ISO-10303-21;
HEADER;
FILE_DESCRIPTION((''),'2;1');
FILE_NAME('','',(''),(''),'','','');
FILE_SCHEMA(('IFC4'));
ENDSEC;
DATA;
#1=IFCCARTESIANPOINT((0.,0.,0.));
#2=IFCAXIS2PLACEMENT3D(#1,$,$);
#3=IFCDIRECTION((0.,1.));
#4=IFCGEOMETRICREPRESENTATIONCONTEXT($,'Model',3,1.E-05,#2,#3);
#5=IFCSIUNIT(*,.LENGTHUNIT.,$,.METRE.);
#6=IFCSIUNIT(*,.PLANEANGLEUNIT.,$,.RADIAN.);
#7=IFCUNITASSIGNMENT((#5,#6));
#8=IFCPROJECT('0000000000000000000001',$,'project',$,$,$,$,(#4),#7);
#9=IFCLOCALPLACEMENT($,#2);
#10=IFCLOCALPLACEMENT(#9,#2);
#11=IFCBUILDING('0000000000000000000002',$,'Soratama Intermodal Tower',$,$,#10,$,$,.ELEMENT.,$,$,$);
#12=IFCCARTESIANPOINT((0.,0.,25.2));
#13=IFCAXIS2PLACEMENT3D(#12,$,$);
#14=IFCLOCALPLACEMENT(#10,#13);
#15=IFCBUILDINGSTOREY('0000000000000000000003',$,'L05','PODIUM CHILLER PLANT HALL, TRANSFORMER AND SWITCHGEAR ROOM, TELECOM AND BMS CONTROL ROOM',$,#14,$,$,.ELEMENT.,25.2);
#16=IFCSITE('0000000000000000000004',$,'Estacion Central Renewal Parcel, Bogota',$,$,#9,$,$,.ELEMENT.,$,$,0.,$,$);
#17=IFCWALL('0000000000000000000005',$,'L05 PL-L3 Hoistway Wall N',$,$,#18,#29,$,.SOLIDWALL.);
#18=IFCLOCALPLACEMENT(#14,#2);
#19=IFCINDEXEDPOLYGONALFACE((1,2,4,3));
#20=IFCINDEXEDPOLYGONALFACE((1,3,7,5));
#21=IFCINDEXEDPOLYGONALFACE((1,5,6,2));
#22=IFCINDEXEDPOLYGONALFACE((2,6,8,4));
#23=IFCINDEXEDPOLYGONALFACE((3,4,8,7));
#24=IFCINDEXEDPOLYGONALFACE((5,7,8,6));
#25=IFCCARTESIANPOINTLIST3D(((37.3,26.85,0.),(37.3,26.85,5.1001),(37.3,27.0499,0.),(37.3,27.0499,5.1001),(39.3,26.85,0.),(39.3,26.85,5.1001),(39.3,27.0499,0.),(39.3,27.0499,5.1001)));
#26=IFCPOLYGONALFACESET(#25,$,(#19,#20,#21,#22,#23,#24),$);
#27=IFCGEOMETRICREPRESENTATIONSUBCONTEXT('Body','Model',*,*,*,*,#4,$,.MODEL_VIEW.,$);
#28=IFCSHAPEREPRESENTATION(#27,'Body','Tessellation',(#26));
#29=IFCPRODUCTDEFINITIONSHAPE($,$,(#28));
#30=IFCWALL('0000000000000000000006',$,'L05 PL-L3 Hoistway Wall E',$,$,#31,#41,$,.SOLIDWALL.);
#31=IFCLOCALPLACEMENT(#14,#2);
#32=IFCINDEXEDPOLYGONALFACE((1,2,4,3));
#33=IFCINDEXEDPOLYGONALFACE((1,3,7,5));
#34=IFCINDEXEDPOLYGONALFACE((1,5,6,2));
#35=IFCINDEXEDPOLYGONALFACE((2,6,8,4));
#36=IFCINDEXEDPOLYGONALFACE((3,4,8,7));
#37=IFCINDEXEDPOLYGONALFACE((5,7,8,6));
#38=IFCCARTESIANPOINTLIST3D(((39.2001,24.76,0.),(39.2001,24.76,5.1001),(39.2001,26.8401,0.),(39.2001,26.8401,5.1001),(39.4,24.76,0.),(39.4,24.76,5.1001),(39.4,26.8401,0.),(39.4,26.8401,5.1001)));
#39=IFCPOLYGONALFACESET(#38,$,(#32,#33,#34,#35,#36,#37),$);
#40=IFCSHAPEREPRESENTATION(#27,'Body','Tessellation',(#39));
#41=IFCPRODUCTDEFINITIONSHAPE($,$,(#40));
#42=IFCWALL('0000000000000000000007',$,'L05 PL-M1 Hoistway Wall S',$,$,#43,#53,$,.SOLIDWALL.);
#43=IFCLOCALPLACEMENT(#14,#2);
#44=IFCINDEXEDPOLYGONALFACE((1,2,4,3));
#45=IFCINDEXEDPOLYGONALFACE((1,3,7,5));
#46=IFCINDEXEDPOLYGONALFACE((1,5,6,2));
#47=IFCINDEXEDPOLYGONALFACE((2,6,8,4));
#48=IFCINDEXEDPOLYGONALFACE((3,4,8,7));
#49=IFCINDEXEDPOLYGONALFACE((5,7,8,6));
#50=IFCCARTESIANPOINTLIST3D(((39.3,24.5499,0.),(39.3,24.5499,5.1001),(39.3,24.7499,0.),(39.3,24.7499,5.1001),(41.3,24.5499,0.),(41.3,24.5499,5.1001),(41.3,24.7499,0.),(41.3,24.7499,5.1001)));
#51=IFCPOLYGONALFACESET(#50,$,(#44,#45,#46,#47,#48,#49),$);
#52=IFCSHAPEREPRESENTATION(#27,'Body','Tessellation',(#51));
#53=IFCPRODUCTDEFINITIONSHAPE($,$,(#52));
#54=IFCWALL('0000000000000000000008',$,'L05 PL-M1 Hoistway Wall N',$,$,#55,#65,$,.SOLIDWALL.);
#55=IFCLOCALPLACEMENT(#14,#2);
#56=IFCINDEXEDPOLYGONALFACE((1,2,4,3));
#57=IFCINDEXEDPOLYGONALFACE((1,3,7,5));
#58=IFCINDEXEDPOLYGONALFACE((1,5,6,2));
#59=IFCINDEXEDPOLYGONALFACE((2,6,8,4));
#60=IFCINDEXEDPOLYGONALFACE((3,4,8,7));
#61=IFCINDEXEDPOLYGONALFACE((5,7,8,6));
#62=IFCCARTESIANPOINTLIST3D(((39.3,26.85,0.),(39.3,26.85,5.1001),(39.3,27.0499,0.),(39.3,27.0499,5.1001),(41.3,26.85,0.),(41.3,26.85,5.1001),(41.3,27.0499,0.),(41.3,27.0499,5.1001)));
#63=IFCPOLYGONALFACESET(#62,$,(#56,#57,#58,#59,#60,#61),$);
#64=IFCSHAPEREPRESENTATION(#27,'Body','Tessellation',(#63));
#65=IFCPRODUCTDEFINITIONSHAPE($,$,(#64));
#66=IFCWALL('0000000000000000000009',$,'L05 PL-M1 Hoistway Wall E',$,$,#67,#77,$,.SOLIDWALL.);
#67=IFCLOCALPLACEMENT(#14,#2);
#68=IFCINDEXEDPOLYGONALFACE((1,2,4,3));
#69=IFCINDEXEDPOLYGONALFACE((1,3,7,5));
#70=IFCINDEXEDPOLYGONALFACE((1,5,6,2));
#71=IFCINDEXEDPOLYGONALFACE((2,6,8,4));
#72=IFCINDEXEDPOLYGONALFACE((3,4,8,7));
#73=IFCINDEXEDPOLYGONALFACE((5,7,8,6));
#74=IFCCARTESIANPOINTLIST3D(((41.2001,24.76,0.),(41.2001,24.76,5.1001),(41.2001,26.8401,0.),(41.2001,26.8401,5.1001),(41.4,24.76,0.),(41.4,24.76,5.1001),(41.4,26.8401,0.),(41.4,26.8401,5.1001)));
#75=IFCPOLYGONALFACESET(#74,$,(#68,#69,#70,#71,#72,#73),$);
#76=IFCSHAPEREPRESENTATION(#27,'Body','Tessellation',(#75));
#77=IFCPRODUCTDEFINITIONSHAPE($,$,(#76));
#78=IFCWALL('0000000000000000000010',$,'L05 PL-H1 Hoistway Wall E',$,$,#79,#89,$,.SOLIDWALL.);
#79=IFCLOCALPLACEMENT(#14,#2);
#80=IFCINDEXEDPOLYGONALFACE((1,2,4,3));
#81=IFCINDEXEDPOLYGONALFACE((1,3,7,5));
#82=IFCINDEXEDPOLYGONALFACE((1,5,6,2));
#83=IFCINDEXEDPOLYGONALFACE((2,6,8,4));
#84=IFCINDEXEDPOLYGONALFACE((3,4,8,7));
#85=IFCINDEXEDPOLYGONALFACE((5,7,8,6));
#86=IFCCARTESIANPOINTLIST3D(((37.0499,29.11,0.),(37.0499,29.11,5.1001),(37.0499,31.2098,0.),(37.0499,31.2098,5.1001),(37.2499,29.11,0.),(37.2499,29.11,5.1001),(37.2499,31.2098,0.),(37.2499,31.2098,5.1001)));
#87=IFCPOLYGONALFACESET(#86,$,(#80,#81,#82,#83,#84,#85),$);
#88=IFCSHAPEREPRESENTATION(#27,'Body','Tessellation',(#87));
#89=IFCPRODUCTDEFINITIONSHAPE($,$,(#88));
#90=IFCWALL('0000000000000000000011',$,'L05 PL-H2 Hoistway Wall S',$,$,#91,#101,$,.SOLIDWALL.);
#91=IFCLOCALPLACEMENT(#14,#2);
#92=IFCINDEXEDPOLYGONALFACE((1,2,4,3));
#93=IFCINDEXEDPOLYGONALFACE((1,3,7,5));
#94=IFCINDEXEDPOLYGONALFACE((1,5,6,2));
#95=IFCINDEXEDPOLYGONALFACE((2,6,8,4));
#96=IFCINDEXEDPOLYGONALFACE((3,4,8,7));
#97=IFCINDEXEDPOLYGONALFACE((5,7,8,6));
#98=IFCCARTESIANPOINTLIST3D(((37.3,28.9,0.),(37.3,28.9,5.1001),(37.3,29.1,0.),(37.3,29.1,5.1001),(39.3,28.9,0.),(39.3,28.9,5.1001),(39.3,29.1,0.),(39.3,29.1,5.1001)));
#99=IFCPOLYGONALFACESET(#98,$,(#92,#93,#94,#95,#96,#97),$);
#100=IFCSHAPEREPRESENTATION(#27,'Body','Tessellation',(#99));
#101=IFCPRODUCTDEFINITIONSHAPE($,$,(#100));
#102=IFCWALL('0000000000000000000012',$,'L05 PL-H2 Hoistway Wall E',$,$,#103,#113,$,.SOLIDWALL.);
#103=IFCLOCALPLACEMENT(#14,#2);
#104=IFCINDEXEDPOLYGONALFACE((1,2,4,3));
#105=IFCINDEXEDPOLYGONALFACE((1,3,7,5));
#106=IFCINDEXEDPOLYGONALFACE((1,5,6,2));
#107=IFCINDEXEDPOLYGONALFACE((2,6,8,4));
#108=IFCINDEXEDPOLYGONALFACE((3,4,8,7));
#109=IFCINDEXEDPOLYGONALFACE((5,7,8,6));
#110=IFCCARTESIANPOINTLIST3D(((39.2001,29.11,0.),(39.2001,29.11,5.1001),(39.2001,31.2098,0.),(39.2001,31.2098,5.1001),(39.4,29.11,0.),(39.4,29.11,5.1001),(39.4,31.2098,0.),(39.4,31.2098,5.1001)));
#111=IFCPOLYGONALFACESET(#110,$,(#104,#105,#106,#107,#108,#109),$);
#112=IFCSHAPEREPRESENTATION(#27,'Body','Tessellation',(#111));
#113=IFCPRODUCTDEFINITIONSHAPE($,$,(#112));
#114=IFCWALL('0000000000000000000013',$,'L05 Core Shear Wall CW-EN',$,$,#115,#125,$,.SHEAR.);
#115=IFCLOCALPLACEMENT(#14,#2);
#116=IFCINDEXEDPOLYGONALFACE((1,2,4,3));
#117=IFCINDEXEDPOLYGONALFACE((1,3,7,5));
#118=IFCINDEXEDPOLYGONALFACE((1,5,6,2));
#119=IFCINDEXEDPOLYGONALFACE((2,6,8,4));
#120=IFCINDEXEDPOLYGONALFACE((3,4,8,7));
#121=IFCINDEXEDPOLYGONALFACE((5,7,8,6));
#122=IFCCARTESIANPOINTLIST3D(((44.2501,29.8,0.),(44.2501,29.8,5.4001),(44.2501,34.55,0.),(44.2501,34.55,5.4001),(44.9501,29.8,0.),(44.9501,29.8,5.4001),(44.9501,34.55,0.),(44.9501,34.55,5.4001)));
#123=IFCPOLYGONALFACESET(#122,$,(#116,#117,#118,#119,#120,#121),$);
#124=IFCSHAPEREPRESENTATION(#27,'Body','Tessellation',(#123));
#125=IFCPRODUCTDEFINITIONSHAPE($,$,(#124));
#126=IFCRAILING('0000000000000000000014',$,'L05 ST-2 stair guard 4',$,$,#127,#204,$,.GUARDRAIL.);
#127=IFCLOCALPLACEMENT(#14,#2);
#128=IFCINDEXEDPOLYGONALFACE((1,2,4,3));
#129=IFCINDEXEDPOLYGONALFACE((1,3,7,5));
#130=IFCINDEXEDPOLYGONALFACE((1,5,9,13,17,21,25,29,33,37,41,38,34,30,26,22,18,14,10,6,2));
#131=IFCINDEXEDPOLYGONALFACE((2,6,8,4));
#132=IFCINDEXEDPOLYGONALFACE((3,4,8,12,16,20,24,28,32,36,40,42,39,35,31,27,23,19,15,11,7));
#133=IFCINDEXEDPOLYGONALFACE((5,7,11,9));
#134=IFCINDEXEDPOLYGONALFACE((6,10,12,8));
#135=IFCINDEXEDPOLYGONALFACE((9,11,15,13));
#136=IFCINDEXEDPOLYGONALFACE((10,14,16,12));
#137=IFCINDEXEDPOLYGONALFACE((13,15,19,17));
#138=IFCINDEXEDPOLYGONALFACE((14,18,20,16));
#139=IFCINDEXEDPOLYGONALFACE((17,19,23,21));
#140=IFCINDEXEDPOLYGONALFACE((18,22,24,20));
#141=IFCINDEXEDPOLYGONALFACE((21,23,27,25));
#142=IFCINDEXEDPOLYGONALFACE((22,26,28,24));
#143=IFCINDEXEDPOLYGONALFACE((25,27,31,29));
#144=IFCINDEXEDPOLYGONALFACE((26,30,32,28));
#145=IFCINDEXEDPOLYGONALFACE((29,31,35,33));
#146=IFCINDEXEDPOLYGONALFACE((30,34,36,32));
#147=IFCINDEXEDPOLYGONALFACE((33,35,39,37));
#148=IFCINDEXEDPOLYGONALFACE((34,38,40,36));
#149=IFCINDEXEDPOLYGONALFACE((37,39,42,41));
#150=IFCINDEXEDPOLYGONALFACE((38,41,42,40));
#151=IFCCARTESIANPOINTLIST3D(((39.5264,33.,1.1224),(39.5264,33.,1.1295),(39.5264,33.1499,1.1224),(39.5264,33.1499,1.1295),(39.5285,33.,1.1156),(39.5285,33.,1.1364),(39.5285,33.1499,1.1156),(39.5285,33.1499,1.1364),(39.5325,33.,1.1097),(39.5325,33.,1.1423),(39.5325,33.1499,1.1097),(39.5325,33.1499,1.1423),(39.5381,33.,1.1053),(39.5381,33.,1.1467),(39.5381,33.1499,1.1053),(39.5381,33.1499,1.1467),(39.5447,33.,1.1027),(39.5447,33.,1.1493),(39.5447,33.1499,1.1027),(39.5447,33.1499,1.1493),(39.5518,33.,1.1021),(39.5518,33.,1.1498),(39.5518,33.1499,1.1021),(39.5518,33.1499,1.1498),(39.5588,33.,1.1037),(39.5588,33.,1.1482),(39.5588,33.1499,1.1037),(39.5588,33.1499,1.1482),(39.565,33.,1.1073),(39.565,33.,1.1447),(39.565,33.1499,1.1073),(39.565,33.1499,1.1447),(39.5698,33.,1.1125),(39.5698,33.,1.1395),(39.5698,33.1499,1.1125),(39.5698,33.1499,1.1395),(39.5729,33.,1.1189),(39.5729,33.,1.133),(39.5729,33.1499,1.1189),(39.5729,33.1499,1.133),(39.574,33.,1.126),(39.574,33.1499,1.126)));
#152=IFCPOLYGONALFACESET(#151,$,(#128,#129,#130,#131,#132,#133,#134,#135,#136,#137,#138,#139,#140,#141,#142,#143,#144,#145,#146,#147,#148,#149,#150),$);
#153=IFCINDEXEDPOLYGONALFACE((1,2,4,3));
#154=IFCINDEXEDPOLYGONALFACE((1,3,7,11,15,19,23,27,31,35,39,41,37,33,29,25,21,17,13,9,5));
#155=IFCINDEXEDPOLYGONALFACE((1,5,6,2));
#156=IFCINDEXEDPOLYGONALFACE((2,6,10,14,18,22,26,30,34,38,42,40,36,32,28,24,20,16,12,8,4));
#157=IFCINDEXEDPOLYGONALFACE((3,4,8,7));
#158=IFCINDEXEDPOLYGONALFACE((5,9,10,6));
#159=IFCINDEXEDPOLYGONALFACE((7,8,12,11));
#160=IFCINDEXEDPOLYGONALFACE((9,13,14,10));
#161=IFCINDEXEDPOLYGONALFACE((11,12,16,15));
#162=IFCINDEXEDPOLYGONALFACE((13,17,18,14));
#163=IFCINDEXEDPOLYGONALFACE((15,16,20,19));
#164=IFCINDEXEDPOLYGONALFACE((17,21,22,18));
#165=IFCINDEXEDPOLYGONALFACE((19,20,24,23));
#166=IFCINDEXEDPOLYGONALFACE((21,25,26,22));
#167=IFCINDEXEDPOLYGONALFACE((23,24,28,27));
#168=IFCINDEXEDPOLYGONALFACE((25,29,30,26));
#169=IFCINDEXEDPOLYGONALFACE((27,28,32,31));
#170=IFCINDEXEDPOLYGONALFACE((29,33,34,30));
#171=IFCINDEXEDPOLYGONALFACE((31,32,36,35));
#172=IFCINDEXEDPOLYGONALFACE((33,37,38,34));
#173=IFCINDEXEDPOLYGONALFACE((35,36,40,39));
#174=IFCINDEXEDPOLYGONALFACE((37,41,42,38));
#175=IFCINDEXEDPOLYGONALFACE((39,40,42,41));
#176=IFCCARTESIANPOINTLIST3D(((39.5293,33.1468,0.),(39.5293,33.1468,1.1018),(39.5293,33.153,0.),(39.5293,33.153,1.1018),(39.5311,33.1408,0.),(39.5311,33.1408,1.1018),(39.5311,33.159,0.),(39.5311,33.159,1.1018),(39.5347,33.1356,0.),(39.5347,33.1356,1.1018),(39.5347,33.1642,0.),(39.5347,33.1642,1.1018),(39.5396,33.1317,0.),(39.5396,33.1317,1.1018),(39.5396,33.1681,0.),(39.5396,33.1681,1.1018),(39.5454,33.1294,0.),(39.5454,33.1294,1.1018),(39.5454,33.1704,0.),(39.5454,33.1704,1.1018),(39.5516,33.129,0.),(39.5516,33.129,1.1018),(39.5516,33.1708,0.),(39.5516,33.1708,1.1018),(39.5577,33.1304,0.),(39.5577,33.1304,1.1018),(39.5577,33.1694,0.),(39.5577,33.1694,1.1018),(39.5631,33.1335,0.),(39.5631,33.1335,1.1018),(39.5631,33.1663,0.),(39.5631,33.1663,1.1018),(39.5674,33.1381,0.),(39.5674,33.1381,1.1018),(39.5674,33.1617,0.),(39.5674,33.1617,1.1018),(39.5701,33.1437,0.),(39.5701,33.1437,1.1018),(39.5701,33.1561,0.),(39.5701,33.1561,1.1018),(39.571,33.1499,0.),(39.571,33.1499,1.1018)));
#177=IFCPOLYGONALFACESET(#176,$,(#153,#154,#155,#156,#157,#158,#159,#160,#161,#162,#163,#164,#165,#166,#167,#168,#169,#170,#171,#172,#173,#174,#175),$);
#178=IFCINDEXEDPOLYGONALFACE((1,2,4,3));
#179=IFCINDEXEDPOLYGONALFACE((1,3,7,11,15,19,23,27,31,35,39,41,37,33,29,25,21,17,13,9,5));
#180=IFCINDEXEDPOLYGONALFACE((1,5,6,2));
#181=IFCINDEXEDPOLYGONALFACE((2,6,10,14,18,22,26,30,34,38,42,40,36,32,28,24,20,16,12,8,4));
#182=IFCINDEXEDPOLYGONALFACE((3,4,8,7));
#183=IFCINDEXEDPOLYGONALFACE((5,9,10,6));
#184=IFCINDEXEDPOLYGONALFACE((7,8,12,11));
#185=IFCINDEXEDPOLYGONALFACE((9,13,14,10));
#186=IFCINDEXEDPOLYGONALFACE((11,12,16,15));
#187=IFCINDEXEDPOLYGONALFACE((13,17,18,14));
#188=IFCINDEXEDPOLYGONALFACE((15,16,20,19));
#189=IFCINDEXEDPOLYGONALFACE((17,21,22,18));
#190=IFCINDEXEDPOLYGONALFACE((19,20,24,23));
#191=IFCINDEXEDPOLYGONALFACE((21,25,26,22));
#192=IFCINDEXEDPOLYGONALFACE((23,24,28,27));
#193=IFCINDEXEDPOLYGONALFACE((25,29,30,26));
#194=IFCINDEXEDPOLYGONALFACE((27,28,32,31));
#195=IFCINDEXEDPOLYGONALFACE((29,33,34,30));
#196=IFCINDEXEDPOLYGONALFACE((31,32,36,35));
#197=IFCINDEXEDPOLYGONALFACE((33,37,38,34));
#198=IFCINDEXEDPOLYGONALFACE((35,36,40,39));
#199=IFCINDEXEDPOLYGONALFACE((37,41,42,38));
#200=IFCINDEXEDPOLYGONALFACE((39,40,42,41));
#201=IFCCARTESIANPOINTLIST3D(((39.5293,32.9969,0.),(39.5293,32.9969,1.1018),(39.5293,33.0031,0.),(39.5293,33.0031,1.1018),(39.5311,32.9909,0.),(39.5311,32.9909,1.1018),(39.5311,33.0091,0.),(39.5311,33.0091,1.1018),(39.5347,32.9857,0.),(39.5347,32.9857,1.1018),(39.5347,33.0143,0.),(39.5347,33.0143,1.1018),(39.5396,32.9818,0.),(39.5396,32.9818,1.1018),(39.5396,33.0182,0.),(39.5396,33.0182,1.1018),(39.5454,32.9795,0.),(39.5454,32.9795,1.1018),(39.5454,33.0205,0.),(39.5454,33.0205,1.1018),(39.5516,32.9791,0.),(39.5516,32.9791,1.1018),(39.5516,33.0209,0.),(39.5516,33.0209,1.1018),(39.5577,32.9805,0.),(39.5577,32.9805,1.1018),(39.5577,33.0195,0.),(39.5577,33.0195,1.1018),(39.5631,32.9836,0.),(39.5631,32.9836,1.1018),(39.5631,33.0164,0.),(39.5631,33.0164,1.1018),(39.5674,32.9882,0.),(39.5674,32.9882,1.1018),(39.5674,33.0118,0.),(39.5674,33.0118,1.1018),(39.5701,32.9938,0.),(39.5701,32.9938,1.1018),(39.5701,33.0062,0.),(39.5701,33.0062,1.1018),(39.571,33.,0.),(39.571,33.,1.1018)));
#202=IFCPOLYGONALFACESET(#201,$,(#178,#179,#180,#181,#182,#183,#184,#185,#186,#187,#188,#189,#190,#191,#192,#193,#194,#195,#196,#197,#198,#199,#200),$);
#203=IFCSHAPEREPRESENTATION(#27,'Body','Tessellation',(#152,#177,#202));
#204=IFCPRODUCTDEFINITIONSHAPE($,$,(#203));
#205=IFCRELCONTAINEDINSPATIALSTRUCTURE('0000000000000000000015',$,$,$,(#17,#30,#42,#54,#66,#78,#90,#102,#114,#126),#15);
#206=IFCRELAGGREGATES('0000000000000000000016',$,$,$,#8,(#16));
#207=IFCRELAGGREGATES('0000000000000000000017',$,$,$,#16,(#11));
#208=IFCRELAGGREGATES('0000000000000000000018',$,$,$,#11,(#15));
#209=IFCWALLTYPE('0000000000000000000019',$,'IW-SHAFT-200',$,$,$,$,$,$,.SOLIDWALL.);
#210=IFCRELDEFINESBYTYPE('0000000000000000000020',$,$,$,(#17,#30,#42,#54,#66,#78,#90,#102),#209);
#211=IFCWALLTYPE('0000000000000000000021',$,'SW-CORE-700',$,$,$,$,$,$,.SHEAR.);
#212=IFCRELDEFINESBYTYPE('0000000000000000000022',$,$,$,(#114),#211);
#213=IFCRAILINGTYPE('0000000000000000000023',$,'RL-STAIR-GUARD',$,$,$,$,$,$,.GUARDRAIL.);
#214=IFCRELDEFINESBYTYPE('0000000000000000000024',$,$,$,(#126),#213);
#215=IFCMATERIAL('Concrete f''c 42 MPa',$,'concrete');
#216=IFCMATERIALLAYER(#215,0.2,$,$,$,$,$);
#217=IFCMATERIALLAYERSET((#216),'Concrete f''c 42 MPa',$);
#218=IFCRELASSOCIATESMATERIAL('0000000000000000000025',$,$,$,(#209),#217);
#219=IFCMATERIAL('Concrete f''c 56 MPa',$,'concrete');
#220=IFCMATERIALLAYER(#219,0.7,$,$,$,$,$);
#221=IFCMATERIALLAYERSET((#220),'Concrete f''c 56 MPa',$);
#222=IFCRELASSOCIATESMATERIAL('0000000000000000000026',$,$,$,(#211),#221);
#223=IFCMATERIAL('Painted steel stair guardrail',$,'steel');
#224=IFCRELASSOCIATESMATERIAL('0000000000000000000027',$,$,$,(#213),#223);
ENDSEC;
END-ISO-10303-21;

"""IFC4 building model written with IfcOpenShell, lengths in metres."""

from ifc_helpers import new_model, si_unit, direction, frame, frame_2d, origin, origin_2d, place, context, subcontext, project, spatial, rectangle, circle, extrude, material, layer, layer_set, type_object, element, save


model = new_model("IFC4")

# Units and contexts
model_context = context("Model", 3, precision=1e-05, world=origin(), true_north=direction((0.0, 1.0)))
body_context = subcontext(model_context, "Body", "Model", "MODEL_VIEW")
ifc_project = project(units=[si_unit("LENGTHUNIT", "METRE"), si_unit("PLANEANGLEUNIT", "RADIAN")], contexts=[model_context])

# Site, building, storey
site_placement = place(None, origin())
site = spatial("IfcSite", under=ifc_project, at=site_placement, Name="Estacion Central Renewal Parcel, Bogota", CompositionType="ELEMENT", RefElevation=0.0)
building_placement = place(site_placement, origin())
building = spatial("IfcBuilding", under=site, at=building_placement, Name="Soratama Intermodal Tower", CompositionType="ELEMENT")
storey_placement = place(building_placement, frame((0.0, 0.0, 25.2)))
storey = spatial("IfcBuildingStorey", under=building, at=storey_placement, Name="L05", Description="PODIUM CHILLER PLANT HALL, TRANSFORMER AND SWITCHGEAR ROOM, TELECOM AND BMS CONTROL ROOM", CompositionType="ELEMENT", Elevation=25.2)

# Walls
ifc_material_1 = material(Name="Concrete f'c 42 MPa", Category="concrete")
ifc_layer_1 = layer(ifc_material_1, 0.2)
ifc_layer_set_1 = layer_set([ifc_layer_1], Name="Concrete f'c 42 MPa")
wall_type_1 = type_object("IfcWallType", Name="IW-SHAFT-200", PredefinedType="SOLIDWALL", material=ifc_layer_set_1)
for number, where, z_axis, x_axis, name in (
    (1, (37.3, 26.95, 0.0), (0.0, 0.0, 1.0), (1.0, 0.0, 0.0), "L05 PL-L3 Hoistway Wall N"),
):
    element("IfcWall", number, at=place(storey_placement, frame(where, z_axis=z_axis, x_axis=x_axis)), inside=storey, type_object=wall_type_1, Name=name, PredefinedType="SOLIDWALL", context=body_context, shape_type="SweptSolid", body=[
        extrude(rectangle(XDim=2.0, YDim=0.2, at=frame_2d((1.0, 0.0))), origin(), (0.0, 0.0, 1.0), 5.1001),
    ])
wall_1_placement = place(storey_placement, frame((39.3, 24.76, 0.0), z_axis=(0.0, 0.0, 1.0), x_axis=(0.0, 1.0, 0.0)))
element("IfcWall", 2, at=wall_1_placement, inside=storey, type_object=wall_type_1, Name="L05 PL-L3 Hoistway Wall E", PredefinedType="SOLIDWALL", context=body_context, shape_type="SweptSolid", body=[
    extrude(rectangle(XDim=2.0801, YDim=0.2, at=frame_2d((1.04, 0.0))), origin(), (0.0, 0.0, 1.0), 5.1001),
])
for number, where, z_axis, x_axis, name in (
    (3, (39.3, 24.6499, 0.0), (0.0, 0.0, 1.0), (1.0, 0.0, 0.0), "L05 PL-M1 Hoistway Wall S"),
    (4, (39.3, 26.95, 0.0), (0.0, 0.0, 1.0), (1.0, 0.0, 0.0), "L05 PL-M1 Hoistway Wall N"),
):
    element("IfcWall", number, at=place(storey_placement, frame(where, z_axis=z_axis, x_axis=x_axis)), inside=storey, type_object=wall_type_1, Name=name, PredefinedType="SOLIDWALL", context=body_context, shape_type="SweptSolid", body=[
        extrude(rectangle(XDim=2.0, YDim=0.2, at=frame_2d((1.0, 0.0))), origin(), (0.0, 0.0, 1.0), 5.1001),
    ])
wall_2_placement = place(storey_placement, frame((41.3, 24.76, 0.0), z_axis=(0.0, 0.0, 1.0), x_axis=(0.0, 1.0, 0.0)))
element("IfcWall", 5, at=wall_2_placement, inside=storey, type_object=wall_type_1, Name="L05 PL-M1 Hoistway Wall E", PredefinedType="SOLIDWALL", context=body_context, shape_type="SweptSolid", body=[
    extrude(rectangle(XDim=2.0801, YDim=0.2, at=frame_2d((1.04, 0.0))), origin(), (0.0, 0.0, 1.0), 5.1001),
])
wall_3_placement = place(storey_placement, frame((37.1499, 29.1101, 0.0), z_axis=(0.0, 0.0, 1.0), x_axis=(0.0, 1.0, 0.0)))
element("IfcWall", 6, at=wall_3_placement, inside=storey, type_object=wall_type_1, Name="L05 PL-H1 Hoistway Wall E", PredefinedType="SOLIDWALL", context=body_context, shape_type="SweptSolid", body=[
    extrude(rectangle(XDim=2.0999, YDim=0.2, at=frame_2d((1.0498, 0.0))), origin(), (0.0, 0.0, 1.0), 5.1001),
])
wall_4_placement = place(storey_placement, frame((37.3, 29.0, 0.0), z_axis=(0.0, 0.0, 1.0), x_axis=(1.0, 0.0, 0.0)))
element("IfcWall", 7, at=wall_4_placement, inside=storey, type_object=wall_type_1, Name="L05 PL-H2 Hoistway Wall S", PredefinedType="SOLIDWALL", context=body_context, shape_type="SweptSolid", body=[
    extrude(rectangle(XDim=2.0, YDim=0.2, at=frame_2d((1.0, 0.0))), origin(), (0.0, 0.0, 1.0), 5.1001),
])
wall_5_placement = place(storey_placement, frame((39.3, 29.1101, 0.0), z_axis=(0.0, 0.0, 1.0), x_axis=(0.0, 1.0, 0.0)))
element("IfcWall", 8, at=wall_5_placement, inside=storey, type_object=wall_type_1, Name="L05 PL-H2 Hoistway Wall E", PredefinedType="SOLIDWALL", context=body_context, shape_type="SweptSolid", body=[
    extrude(rectangle(XDim=2.0999, YDim=0.2, at=frame_2d((1.0498, 0.0))), origin(), (0.0, 0.0, 1.0), 5.1001),
])
ifc_material_2 = material(Name="Concrete f'c 56 MPa", Category="concrete")
ifc_layer_2 = layer(ifc_material_2, 0.7)
ifc_layer_set_2 = layer_set([ifc_layer_2], Name="Concrete f'c 56 MPa")
wall_type_2 = type_object("IfcWallType", Name="SW-CORE-700", PredefinedType="SHEAR", material=ifc_layer_set_2)
wall_6_placement = place(storey_placement, frame((44.6001, 29.8, 0.0), z_axis=(0.0, 0.0, 1.0), x_axis=(0.0, 1.0, 0.0)))
element("IfcWall", 9, at=wall_6_placement, inside=storey, type_object=wall_type_2, Name="L05 Core Shear Wall CW-EN", PredefinedType="SHEAR", context=body_context, shape_type="SweptSolid", body=[
    extrude(rectangle(XDim=4.75, YDim=0.7, at=frame_2d((2.375, 0.0))), origin(), (0.0, 0.0, 1.0), 5.4001),
])

# Railing
ifc_material_3 = material(Name="Painted steel stair guardrail", Category="steel")
railing_type = type_object("IfcRailingType", Name="RL-STAIR-GUARD", PredefinedType="GUARDRAIL", material=ifc_material_3)
railing_placement = place(storey_placement, frame((39.55, 33.1499, 0.0)))
element("IfcRailing", 10, at=railing_placement, inside=storey, type_object=railing_type, Name="L05 ST-2 stair guard 4", PredefinedType="GUARDRAIL", context=body_context, shape_type="SweptSolid", body=[
    extrude(circle(Radius=0.0239, at=origin_2d()), frame((0.0, 0.0, 1.126), z_axis=(0.0, -1.0, 0.0), x_axis=(1.0, 0.0, 0.0)), (0.0, 0.0, 1.0), 0.1499),
    extrude(circle(Radius=0.021, at=origin_2d()), origin(), (0.0, 0.0, 1.0), 1.1018),
    extrude(circle(Radius=0.021, at=origin_2d()), frame((0.0, -0.1499, 0.0)), (0.0, 0.0, 1.0), 1.1018),
])

save(model, "model.ifc")
